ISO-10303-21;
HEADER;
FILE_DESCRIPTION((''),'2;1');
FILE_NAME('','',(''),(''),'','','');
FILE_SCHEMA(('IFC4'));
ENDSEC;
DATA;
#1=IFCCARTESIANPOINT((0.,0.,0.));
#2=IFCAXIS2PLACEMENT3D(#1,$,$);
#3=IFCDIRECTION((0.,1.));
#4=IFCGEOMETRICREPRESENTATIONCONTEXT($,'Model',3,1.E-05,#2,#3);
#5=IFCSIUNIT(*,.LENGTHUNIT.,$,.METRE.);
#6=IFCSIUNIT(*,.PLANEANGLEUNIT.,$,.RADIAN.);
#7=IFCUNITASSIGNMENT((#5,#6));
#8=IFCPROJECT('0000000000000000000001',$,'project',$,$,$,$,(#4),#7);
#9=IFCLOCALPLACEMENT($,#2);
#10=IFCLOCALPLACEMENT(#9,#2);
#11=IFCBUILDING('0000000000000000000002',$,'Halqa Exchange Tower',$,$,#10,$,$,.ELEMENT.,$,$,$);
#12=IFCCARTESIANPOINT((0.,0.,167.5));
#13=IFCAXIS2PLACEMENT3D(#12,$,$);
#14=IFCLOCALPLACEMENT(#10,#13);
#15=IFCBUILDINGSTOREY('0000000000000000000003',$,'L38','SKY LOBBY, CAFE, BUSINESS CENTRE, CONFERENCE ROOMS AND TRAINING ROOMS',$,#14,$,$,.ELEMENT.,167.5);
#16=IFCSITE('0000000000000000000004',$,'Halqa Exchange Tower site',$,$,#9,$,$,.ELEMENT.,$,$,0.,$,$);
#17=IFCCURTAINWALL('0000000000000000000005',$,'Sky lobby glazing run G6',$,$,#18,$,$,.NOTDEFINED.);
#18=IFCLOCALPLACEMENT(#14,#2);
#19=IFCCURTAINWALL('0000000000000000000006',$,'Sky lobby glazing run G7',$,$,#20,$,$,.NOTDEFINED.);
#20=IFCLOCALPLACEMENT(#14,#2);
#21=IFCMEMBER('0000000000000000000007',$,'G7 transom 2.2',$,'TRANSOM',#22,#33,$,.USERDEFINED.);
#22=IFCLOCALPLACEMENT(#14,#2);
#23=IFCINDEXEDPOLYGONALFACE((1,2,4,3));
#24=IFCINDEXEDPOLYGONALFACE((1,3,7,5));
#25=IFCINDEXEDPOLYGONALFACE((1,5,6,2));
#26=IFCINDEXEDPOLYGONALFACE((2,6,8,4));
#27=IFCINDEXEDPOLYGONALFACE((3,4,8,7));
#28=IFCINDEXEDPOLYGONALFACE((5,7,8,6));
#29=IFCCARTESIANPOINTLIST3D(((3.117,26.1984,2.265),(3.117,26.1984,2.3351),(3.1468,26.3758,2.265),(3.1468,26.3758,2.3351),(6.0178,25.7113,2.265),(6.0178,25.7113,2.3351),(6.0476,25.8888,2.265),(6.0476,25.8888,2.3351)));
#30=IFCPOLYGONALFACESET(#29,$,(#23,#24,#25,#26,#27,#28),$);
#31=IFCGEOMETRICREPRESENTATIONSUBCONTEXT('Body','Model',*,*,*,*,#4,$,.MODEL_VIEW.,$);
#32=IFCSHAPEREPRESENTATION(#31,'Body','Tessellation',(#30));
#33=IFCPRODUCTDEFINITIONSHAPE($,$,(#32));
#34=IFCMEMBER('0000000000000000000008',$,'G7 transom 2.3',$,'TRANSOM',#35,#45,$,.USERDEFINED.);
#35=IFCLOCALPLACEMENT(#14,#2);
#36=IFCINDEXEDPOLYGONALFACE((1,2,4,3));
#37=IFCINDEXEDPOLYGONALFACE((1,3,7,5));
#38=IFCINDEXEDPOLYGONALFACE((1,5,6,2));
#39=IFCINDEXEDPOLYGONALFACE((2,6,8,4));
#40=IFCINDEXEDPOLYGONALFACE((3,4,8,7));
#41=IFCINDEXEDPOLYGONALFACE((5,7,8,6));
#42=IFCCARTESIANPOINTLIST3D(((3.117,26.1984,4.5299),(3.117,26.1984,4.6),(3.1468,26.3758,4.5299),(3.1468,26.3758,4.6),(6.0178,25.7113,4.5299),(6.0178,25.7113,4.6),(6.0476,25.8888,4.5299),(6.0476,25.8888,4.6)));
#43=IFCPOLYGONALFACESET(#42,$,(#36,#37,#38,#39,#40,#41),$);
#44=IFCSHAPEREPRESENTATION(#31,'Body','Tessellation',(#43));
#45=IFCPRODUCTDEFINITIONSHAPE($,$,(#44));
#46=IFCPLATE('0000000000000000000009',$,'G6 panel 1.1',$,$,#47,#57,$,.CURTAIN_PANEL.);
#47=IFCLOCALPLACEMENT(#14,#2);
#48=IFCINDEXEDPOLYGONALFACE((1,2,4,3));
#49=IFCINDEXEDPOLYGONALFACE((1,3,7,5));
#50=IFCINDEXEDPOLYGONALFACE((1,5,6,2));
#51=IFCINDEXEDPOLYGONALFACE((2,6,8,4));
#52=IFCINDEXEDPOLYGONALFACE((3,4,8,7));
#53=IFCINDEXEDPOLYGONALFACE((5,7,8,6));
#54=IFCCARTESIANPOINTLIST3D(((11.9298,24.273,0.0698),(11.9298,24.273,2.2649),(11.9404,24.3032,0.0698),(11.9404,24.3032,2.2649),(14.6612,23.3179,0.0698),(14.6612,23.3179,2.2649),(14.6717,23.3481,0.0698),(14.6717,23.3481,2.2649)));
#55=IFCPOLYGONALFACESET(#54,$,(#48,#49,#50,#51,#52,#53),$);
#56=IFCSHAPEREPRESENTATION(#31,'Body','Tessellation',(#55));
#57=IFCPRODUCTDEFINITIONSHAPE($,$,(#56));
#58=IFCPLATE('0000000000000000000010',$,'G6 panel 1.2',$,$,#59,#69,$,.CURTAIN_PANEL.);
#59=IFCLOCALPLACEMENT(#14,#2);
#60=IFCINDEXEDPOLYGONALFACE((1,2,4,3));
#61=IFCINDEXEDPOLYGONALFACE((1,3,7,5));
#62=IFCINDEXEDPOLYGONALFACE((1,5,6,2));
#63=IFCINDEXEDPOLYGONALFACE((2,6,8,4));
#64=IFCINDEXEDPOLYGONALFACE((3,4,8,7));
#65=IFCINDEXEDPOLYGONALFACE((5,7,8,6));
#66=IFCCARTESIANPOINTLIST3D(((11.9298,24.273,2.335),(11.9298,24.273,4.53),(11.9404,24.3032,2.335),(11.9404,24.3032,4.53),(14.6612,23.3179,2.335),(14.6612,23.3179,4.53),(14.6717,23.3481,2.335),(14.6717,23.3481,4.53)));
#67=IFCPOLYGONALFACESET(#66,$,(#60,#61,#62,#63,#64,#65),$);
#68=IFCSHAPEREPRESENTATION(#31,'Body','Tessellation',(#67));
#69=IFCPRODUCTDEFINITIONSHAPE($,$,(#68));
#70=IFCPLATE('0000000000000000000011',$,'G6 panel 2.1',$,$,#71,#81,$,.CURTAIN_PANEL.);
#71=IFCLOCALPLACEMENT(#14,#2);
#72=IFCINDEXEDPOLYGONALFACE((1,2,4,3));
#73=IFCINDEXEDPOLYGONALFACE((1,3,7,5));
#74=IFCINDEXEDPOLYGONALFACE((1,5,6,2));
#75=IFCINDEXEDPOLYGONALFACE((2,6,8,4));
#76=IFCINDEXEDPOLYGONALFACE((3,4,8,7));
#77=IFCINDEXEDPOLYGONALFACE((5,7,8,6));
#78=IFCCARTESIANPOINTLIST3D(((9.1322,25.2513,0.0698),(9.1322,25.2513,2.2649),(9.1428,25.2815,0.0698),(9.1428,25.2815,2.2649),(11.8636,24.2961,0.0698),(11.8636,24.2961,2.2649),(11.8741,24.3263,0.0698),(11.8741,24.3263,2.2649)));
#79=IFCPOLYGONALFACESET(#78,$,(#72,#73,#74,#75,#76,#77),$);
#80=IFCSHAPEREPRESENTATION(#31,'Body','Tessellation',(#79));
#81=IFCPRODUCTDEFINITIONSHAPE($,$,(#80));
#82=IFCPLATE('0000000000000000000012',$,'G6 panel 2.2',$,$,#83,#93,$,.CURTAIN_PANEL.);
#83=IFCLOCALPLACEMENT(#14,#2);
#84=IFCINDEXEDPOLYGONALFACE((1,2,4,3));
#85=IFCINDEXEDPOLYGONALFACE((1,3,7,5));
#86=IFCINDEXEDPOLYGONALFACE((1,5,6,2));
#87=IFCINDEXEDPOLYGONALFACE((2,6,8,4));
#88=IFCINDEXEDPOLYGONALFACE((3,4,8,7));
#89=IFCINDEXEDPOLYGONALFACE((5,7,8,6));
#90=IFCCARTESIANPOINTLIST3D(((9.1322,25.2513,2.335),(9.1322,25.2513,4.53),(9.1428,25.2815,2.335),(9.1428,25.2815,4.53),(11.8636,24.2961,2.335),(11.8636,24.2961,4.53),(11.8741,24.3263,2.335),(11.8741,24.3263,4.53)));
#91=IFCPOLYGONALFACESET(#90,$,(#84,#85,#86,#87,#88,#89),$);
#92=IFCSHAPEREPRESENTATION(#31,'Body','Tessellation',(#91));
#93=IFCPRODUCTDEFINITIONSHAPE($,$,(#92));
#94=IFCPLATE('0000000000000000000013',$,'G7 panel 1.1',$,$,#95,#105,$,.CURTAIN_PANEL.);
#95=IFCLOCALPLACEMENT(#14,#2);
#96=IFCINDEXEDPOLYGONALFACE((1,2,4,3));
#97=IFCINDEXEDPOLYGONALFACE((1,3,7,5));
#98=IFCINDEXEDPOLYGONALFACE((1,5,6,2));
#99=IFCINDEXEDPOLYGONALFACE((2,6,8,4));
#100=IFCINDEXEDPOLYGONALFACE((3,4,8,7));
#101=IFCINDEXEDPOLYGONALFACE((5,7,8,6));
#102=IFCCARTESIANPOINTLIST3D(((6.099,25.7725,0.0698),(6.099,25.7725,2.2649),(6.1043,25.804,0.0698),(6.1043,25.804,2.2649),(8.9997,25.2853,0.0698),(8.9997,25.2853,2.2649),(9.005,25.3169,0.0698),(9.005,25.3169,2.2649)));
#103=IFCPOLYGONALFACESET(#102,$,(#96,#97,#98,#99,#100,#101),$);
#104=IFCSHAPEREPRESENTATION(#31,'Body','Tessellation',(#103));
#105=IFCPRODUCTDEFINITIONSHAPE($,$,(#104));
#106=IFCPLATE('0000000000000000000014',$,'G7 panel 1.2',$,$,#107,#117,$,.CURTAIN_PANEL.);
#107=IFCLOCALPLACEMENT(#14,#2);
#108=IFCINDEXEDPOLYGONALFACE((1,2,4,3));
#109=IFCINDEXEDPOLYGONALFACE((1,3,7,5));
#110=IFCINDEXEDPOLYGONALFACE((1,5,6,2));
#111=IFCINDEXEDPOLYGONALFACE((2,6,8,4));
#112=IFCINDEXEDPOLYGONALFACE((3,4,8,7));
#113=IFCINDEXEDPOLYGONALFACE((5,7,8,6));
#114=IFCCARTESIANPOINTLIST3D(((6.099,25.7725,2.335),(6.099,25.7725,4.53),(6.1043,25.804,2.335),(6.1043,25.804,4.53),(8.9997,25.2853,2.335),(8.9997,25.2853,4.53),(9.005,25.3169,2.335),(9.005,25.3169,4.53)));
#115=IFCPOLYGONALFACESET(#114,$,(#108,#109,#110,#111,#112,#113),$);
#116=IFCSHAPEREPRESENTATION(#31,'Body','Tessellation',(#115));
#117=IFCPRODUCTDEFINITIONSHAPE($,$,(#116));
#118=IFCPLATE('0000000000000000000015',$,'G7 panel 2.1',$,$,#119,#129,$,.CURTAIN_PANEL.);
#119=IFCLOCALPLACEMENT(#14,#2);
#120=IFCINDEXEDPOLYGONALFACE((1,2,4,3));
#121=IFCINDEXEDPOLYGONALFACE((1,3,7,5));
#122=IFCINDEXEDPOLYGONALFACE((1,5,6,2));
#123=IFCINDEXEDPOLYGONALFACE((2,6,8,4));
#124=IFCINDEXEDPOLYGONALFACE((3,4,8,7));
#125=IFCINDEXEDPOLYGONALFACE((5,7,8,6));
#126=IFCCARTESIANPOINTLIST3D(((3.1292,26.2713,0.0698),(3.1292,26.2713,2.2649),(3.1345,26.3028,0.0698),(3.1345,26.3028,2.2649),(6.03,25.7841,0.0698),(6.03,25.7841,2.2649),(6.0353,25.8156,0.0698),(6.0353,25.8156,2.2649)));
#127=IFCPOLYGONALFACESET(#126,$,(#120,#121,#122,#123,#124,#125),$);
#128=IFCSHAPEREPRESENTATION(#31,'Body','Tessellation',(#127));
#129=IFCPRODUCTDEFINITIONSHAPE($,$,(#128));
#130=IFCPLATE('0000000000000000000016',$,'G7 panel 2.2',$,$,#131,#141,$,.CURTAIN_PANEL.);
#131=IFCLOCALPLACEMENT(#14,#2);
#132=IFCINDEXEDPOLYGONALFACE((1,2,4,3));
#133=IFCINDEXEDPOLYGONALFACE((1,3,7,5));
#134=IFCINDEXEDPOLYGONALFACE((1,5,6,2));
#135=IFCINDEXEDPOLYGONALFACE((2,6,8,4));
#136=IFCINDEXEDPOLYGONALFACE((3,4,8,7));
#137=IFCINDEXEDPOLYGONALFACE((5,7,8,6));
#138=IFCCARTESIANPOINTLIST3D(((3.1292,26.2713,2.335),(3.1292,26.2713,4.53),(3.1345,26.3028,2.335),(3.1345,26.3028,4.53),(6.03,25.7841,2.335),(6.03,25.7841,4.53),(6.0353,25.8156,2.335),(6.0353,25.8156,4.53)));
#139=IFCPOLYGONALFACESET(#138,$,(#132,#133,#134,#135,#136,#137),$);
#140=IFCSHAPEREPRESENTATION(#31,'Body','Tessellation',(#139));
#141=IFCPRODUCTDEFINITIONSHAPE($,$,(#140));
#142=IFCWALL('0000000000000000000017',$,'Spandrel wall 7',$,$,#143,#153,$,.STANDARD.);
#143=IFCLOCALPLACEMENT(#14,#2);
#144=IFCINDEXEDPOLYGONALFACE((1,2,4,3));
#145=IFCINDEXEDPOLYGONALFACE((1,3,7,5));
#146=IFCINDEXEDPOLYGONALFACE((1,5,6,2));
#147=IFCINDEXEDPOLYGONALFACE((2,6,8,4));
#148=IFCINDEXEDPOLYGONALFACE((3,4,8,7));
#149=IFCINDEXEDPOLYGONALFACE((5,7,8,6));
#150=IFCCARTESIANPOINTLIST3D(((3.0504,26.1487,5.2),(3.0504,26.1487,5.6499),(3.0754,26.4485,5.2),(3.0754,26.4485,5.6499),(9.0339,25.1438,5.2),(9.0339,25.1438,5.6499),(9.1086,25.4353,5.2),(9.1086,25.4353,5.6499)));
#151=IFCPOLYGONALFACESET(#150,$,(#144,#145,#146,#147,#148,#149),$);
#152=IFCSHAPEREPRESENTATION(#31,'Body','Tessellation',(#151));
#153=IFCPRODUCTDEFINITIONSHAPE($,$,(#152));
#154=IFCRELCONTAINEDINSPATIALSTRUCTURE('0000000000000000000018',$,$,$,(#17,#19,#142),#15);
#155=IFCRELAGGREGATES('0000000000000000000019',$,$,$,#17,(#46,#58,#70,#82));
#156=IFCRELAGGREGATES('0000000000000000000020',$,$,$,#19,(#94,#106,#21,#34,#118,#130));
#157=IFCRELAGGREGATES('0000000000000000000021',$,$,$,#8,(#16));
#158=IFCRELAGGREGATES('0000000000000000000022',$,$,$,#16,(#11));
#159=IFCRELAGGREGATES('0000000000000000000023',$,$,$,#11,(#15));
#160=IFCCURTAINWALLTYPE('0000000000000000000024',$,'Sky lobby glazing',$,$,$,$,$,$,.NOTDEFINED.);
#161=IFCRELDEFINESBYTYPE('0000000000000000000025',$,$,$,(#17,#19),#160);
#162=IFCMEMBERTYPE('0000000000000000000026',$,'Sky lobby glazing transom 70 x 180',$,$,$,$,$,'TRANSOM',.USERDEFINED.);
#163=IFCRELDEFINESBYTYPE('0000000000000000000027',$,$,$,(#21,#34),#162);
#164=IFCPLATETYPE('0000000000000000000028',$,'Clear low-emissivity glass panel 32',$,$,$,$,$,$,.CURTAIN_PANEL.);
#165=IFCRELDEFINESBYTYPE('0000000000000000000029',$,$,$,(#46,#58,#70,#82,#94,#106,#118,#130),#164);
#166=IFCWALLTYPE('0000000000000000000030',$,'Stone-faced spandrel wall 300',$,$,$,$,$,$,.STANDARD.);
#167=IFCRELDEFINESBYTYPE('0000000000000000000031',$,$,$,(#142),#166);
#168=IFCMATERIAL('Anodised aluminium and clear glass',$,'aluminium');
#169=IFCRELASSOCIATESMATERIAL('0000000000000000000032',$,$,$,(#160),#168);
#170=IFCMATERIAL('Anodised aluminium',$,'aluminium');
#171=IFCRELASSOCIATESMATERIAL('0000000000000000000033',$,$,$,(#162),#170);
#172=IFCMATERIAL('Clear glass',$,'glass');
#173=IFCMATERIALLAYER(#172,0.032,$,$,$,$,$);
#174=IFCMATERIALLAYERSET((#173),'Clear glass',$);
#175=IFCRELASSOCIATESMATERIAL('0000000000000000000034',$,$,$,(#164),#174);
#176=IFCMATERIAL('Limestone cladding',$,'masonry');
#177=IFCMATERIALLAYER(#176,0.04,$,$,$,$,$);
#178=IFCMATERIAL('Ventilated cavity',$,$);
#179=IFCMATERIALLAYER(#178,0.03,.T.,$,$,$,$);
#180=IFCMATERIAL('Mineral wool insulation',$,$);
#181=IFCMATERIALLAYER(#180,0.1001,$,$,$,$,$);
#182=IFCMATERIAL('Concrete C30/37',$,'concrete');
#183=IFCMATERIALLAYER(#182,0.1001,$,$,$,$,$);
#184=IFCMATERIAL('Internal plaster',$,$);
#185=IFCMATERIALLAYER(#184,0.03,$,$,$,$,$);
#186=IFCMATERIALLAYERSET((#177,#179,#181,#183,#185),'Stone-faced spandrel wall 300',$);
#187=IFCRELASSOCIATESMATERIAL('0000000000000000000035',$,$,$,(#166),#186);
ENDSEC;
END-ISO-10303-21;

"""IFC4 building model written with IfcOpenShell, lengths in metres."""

from ifc_helpers import new_model, si_unit, direction, frame, origin, origin_2d, place, context, subcontext, project, spatial, polyline, rectangle, outline, extrude, material, layer, layer_set, material_profile, profile_set, type_object, element, aggregate, save


model = new_model("IFC4")

# Units and contexts
model_context = context("Model", 3, precision=1e-05, world=origin(), true_north=direction((0.0, 1.0)))
body_context = subcontext(model_context, "Body", "Model", "MODEL_VIEW")
ifc_project = project(units=[si_unit("LENGTHUNIT", "METRE"), si_unit("PLANEANGLEUNIT", "RADIAN")], contexts=[model_context])

# Site, building, storey
site_placement = place(None, origin())
site = spatial("IfcSite", under=ifc_project, at=site_placement, Name="Halqa Exchange Tower site", CompositionType="ELEMENT", RefElevation=0.0)
building_placement = place(site_placement, origin())
building = spatial("IfcBuilding", under=site, at=building_placement, Name="Halqa Exchange Tower", CompositionType="ELEMENT")
storey_placement = place(building_placement, frame((0.0, 0.0, 167.5)))
storey = spatial("IfcBuildingStorey", under=building, at=storey_placement, Name="L38", Description="SKY LOBBY, CAFE, BUSINESS CENTRE, CONFERENCE ROOMS AND TRAINING ROOMS", CompositionType="ELEMENT", Elevation=167.5)

# Curtain walls
ifc_material_1 = material(Name="Anodised aluminium and clear glass", Category="aluminium")
curtain_wall_type = type_object("IfcCurtainWallType", Name="Sky lobby glazing", PredefinedType="NOTDEFINED", material=ifc_material_1)
curtain_wall_1_placement = place(storey_placement, origin())
curtain_wall_1 = element("IfcCurtainWall", 1, at=curtain_wall_1_placement, inside=storey, type_object=curtain_wall_type, Name="Sky lobby glazing run G6", PredefinedType="NOTDEFINED")
ifc_material_2 = material(Name="Anodised aluminium", Category="aluminium")
curtain_wall_2_placement = place(storey_placement, origin())
curtain_wall_2 = element("IfcCurtainWall", 2, at=curtain_wall_2_placement, inside=storey, type_object=curtain_wall_type, Name="Sky lobby glazing run G7", PredefinedType="NOTDEFINED")

# Members
ifc_material_profile_1 = material_profile(ifc_material_2, rectangle(XDim=0.1799, YDim=0.0701, at=origin_2d()), Name="AL 70x180")
ifc_profile_set_1 = profile_set([ifc_material_profile_1], Name="Anodised aluminium")
member_type_1 = type_object("IfcMemberType", Name="Sky lobby glazing transom 70 x 180", ElementType="TRANSOM", PredefinedType="USERDEFINED", material=ifc_profile_set_1)
member_1_placement = place(storey_placement, frame((6.0327, 25.8, 2.3), z_axis=(-0.986196, 0.165583, 0.0), x_axis=(-0.165583, -0.986196, 0.0)))
member_1 = element("IfcMember", 3, at=member_1_placement, type_object=member_type_1, Name="G7 transom 2.2", ObjectType="TRANSOM", PredefinedType="USERDEFINED", context=body_context, shape_type="SweptSolid", body=[
    extrude(rectangle(XDim=0.1799, YDim=0.0701, at=origin_2d()), origin(), (0.0, 0.0, 1.0), 2.9414),
])
member_2_placement = place(storey_placement, frame((6.0327, 25.8, 4.5649), z_axis=(-0.986196, 0.165583, 0.0), x_axis=(-0.165583, -0.986196, 0.0)))
member_2 = element("IfcMember", 4, at=member_2_placement, type_object=member_type_1, Name="G7 transom 2.3", ObjectType="TRANSOM", PredefinedType="USERDEFINED", context=body_context, shape_type="SweptSolid", body=[
    extrude(rectangle(XDim=0.1799, YDim=0.0701, at=origin_2d()), origin(), (0.0, 0.0, 1.0), 2.9414),
])

# Plates
ifc_material_3 = material(Name="Clear glass", Category="glass")
ifc_layer_1 = layer(ifc_material_3, 0.032)
ifc_layer_set_1 = layer_set([ifc_layer_1], Name="Clear glass")
plate_type = type_object("IfcPlateType", Name="Clear low-emissivity glass panel 32", PredefinedType="CURTAIN_PANEL", material=ifc_layer_set_1)
plate_1_placement = place(storey_placement, frame((13.3008, 23.8105, 0.0698), z_axis=(0.0, 0.0, 1.0), x_axis=(-0.943946, 0.3301, 0.0)))
plate_1 = element("IfcPlate", 5, at=plate_1_placement, type_object=plate_type, Name="G6 panel 1.1", PredefinedType="CURTAIN_PANEL", context=body_context, shape_type="SweptSolid", body=[
    extrude(rectangle(XDim=2.8936, YDim=0.032, at=origin_2d()), origin(), (0.0, 0.0, 1.0), 2.1951),
])
plate_2_placement = place(storey_placement, frame((13.3008, 23.8105, 2.335), z_axis=(0.0, 0.0, 1.0), x_axis=(-0.943946, 0.3301, 0.0)))
plate_2 = element("IfcPlate", 6, at=plate_2_placement, type_object=plate_type, Name="G6 panel 1.2", PredefinedType="CURTAIN_PANEL", context=body_context, shape_type="SweptSolid", body=[
    extrude(rectangle(XDim=2.8936, YDim=0.032, at=origin_2d()), origin(), (0.0, 0.0, 1.0), 2.1951),
])
plate_3_placement = place(storey_placement, frame((10.5032, 24.7888, 0.0698), z_axis=(0.0, 0.0, 1.0), x_axis=(-0.943946, 0.3301, 0.0)))
plate_3 = element("IfcPlate", 7, at=plate_3_placement, type_object=plate_type, Name="G6 panel 2.1", PredefinedType="CURTAIN_PANEL", context=body_context, shape_type="SweptSolid", body=[
    extrude(rectangle(XDim=2.8936, YDim=0.032, at=origin_2d()), origin(), (0.0, 0.0, 1.0), 2.1951),
])
plate_4_placement = place(storey_placement, frame((10.5032, 24.7888, 2.335), z_axis=(0.0, 0.0, 1.0), x_axis=(-0.943946, 0.3301, 0.0)))
plate_4 = element("IfcPlate", 8, at=plate_4_placement, type_object=plate_type, Name="G6 panel 2.2", PredefinedType="CURTAIN_PANEL", context=body_context, shape_type="SweptSolid", body=[
    extrude(rectangle(XDim=2.8936, YDim=0.032, at=origin_2d()), origin(), (0.0, 0.0, 1.0), 2.1951),
])
aggregate(curtain_wall_1, [plate_1, plate_2, plate_3, plate_4])
plate_5_placement = place(storey_placement, frame((7.552, 25.5447, 0.0698), z_axis=(0.0, 0.0, 1.0), x_axis=(-0.986189, 0.165626, 0.0)))
plate_5 = element("IfcPlate", 9, at=plate_5_placement, type_object=plate_type, Name="G7 panel 1.1", PredefinedType="CURTAIN_PANEL", context=body_context, shape_type="SweptSolid", body=[
    extrude(rectangle(XDim=2.9414, YDim=0.032, at=origin_2d()), origin(), (0.0, 0.0, 1.0), 2.1951),
])
plate_6_placement = place(storey_placement, frame((7.552, 25.5447, 2.335), z_axis=(0.0, 0.0, 1.0), x_axis=(-0.986189, 0.165626, 0.0)))
plate_6 = element("IfcPlate", 10, at=plate_6_placement, type_object=plate_type, Name="G7 panel 1.2", PredefinedType="CURTAIN_PANEL", context=body_context, shape_type="SweptSolid", body=[
    extrude(rectangle(XDim=2.9414, YDim=0.032, at=origin_2d()), origin(), (0.0, 0.0, 1.0), 2.1951),
])
plate_7_placement = place(storey_placement, frame((4.5823, 26.0435, 0.0698), z_axis=(0.0, 0.0, 1.0), x_axis=(-0.986189, 0.165626, 0.0)))
plate_7 = element("IfcPlate", 11, at=plate_7_placement, type_object=plate_type, Name="G7 panel 2.1", PredefinedType="CURTAIN_PANEL", context=body_context, shape_type="SweptSolid", body=[
    extrude(rectangle(XDim=2.9414, YDim=0.032, at=origin_2d()), origin(), (0.0, 0.0, 1.0), 2.1951),
])
plate_8_placement = place(storey_placement, frame((4.5823, 26.0435, 2.335), z_axis=(0.0, 0.0, 1.0), x_axis=(-0.986189, 0.165626, 0.0)))
plate_8 = element("IfcPlate", 12, at=plate_8_placement, type_object=plate_type, Name="G7 panel 2.2", PredefinedType="CURTAIN_PANEL", context=body_context, shape_type="SweptSolid", body=[
    extrude(rectangle(XDim=2.9414, YDim=0.032, at=origin_2d()), origin(), (0.0, 0.0, 1.0), 2.1951),
])
aggregate(curtain_wall_2, [plate_5, plate_6, member_1, member_2, plate_7, plate_8])

# Shared definitions
ifc_material_4 = material(Name="Limestone cladding", Category="masonry")
ifc_material_5 = material(Name="Ventilated cavity")
ifc_material_6 = material(Name="Mineral wool insulation")
ifc_material_7 = material(Name="Concrete C30/37", Category="concrete")
ifc_material_8 = material(Name="Internal plaster")

# Wall
ifc_layer_2 = layer(ifc_material_4, 0.04)
ifc_layer_3 = layer(ifc_material_5, 0.03, ventilated=True)
ifc_layer_4 = layer(ifc_material_6, 0.1001)
ifc_layer_5 = layer(ifc_material_7, 0.1001)
ifc_layer_6 = layer(ifc_material_8, 0.03)
ifc_layer_set_2 = layer_set([ifc_layer_2, ifc_layer_3, ifc_layer_4, ifc_layer_5, ifc_layer_6], Name="Stone-faced spandrel wall 300")
wall_type_1 = type_object("IfcWallType", Name="Stone-faced spandrel wall 300", PredefinedType="STANDARD", material=ifc_layer_set_2)
wall_1_placement = place(storey_placement, frame((9.0713, 25.2896, 5.2), z_axis=(0.0, 0.0, 1.0), x_axis=(-0.98619, 0.165621, 0.0)))
element("IfcWall", 13, at=wall_1_placement, inside=storey, type_object=wall_type_1, Name="Spandrel wall 7", PredefinedType="STANDARD", context=body_context, shape_type="SweptSolid", body=[
    extrude(outline(polyline([(-0.0127, -0.1499), (6.105, -0.1499), (6.0801, 0.1499), (0.0127, 0.1499), (-0.0127, -0.1499)])), origin(), (0.0, 0.0, 1.0), 0.45),
])

save(model, "model.ifc")
